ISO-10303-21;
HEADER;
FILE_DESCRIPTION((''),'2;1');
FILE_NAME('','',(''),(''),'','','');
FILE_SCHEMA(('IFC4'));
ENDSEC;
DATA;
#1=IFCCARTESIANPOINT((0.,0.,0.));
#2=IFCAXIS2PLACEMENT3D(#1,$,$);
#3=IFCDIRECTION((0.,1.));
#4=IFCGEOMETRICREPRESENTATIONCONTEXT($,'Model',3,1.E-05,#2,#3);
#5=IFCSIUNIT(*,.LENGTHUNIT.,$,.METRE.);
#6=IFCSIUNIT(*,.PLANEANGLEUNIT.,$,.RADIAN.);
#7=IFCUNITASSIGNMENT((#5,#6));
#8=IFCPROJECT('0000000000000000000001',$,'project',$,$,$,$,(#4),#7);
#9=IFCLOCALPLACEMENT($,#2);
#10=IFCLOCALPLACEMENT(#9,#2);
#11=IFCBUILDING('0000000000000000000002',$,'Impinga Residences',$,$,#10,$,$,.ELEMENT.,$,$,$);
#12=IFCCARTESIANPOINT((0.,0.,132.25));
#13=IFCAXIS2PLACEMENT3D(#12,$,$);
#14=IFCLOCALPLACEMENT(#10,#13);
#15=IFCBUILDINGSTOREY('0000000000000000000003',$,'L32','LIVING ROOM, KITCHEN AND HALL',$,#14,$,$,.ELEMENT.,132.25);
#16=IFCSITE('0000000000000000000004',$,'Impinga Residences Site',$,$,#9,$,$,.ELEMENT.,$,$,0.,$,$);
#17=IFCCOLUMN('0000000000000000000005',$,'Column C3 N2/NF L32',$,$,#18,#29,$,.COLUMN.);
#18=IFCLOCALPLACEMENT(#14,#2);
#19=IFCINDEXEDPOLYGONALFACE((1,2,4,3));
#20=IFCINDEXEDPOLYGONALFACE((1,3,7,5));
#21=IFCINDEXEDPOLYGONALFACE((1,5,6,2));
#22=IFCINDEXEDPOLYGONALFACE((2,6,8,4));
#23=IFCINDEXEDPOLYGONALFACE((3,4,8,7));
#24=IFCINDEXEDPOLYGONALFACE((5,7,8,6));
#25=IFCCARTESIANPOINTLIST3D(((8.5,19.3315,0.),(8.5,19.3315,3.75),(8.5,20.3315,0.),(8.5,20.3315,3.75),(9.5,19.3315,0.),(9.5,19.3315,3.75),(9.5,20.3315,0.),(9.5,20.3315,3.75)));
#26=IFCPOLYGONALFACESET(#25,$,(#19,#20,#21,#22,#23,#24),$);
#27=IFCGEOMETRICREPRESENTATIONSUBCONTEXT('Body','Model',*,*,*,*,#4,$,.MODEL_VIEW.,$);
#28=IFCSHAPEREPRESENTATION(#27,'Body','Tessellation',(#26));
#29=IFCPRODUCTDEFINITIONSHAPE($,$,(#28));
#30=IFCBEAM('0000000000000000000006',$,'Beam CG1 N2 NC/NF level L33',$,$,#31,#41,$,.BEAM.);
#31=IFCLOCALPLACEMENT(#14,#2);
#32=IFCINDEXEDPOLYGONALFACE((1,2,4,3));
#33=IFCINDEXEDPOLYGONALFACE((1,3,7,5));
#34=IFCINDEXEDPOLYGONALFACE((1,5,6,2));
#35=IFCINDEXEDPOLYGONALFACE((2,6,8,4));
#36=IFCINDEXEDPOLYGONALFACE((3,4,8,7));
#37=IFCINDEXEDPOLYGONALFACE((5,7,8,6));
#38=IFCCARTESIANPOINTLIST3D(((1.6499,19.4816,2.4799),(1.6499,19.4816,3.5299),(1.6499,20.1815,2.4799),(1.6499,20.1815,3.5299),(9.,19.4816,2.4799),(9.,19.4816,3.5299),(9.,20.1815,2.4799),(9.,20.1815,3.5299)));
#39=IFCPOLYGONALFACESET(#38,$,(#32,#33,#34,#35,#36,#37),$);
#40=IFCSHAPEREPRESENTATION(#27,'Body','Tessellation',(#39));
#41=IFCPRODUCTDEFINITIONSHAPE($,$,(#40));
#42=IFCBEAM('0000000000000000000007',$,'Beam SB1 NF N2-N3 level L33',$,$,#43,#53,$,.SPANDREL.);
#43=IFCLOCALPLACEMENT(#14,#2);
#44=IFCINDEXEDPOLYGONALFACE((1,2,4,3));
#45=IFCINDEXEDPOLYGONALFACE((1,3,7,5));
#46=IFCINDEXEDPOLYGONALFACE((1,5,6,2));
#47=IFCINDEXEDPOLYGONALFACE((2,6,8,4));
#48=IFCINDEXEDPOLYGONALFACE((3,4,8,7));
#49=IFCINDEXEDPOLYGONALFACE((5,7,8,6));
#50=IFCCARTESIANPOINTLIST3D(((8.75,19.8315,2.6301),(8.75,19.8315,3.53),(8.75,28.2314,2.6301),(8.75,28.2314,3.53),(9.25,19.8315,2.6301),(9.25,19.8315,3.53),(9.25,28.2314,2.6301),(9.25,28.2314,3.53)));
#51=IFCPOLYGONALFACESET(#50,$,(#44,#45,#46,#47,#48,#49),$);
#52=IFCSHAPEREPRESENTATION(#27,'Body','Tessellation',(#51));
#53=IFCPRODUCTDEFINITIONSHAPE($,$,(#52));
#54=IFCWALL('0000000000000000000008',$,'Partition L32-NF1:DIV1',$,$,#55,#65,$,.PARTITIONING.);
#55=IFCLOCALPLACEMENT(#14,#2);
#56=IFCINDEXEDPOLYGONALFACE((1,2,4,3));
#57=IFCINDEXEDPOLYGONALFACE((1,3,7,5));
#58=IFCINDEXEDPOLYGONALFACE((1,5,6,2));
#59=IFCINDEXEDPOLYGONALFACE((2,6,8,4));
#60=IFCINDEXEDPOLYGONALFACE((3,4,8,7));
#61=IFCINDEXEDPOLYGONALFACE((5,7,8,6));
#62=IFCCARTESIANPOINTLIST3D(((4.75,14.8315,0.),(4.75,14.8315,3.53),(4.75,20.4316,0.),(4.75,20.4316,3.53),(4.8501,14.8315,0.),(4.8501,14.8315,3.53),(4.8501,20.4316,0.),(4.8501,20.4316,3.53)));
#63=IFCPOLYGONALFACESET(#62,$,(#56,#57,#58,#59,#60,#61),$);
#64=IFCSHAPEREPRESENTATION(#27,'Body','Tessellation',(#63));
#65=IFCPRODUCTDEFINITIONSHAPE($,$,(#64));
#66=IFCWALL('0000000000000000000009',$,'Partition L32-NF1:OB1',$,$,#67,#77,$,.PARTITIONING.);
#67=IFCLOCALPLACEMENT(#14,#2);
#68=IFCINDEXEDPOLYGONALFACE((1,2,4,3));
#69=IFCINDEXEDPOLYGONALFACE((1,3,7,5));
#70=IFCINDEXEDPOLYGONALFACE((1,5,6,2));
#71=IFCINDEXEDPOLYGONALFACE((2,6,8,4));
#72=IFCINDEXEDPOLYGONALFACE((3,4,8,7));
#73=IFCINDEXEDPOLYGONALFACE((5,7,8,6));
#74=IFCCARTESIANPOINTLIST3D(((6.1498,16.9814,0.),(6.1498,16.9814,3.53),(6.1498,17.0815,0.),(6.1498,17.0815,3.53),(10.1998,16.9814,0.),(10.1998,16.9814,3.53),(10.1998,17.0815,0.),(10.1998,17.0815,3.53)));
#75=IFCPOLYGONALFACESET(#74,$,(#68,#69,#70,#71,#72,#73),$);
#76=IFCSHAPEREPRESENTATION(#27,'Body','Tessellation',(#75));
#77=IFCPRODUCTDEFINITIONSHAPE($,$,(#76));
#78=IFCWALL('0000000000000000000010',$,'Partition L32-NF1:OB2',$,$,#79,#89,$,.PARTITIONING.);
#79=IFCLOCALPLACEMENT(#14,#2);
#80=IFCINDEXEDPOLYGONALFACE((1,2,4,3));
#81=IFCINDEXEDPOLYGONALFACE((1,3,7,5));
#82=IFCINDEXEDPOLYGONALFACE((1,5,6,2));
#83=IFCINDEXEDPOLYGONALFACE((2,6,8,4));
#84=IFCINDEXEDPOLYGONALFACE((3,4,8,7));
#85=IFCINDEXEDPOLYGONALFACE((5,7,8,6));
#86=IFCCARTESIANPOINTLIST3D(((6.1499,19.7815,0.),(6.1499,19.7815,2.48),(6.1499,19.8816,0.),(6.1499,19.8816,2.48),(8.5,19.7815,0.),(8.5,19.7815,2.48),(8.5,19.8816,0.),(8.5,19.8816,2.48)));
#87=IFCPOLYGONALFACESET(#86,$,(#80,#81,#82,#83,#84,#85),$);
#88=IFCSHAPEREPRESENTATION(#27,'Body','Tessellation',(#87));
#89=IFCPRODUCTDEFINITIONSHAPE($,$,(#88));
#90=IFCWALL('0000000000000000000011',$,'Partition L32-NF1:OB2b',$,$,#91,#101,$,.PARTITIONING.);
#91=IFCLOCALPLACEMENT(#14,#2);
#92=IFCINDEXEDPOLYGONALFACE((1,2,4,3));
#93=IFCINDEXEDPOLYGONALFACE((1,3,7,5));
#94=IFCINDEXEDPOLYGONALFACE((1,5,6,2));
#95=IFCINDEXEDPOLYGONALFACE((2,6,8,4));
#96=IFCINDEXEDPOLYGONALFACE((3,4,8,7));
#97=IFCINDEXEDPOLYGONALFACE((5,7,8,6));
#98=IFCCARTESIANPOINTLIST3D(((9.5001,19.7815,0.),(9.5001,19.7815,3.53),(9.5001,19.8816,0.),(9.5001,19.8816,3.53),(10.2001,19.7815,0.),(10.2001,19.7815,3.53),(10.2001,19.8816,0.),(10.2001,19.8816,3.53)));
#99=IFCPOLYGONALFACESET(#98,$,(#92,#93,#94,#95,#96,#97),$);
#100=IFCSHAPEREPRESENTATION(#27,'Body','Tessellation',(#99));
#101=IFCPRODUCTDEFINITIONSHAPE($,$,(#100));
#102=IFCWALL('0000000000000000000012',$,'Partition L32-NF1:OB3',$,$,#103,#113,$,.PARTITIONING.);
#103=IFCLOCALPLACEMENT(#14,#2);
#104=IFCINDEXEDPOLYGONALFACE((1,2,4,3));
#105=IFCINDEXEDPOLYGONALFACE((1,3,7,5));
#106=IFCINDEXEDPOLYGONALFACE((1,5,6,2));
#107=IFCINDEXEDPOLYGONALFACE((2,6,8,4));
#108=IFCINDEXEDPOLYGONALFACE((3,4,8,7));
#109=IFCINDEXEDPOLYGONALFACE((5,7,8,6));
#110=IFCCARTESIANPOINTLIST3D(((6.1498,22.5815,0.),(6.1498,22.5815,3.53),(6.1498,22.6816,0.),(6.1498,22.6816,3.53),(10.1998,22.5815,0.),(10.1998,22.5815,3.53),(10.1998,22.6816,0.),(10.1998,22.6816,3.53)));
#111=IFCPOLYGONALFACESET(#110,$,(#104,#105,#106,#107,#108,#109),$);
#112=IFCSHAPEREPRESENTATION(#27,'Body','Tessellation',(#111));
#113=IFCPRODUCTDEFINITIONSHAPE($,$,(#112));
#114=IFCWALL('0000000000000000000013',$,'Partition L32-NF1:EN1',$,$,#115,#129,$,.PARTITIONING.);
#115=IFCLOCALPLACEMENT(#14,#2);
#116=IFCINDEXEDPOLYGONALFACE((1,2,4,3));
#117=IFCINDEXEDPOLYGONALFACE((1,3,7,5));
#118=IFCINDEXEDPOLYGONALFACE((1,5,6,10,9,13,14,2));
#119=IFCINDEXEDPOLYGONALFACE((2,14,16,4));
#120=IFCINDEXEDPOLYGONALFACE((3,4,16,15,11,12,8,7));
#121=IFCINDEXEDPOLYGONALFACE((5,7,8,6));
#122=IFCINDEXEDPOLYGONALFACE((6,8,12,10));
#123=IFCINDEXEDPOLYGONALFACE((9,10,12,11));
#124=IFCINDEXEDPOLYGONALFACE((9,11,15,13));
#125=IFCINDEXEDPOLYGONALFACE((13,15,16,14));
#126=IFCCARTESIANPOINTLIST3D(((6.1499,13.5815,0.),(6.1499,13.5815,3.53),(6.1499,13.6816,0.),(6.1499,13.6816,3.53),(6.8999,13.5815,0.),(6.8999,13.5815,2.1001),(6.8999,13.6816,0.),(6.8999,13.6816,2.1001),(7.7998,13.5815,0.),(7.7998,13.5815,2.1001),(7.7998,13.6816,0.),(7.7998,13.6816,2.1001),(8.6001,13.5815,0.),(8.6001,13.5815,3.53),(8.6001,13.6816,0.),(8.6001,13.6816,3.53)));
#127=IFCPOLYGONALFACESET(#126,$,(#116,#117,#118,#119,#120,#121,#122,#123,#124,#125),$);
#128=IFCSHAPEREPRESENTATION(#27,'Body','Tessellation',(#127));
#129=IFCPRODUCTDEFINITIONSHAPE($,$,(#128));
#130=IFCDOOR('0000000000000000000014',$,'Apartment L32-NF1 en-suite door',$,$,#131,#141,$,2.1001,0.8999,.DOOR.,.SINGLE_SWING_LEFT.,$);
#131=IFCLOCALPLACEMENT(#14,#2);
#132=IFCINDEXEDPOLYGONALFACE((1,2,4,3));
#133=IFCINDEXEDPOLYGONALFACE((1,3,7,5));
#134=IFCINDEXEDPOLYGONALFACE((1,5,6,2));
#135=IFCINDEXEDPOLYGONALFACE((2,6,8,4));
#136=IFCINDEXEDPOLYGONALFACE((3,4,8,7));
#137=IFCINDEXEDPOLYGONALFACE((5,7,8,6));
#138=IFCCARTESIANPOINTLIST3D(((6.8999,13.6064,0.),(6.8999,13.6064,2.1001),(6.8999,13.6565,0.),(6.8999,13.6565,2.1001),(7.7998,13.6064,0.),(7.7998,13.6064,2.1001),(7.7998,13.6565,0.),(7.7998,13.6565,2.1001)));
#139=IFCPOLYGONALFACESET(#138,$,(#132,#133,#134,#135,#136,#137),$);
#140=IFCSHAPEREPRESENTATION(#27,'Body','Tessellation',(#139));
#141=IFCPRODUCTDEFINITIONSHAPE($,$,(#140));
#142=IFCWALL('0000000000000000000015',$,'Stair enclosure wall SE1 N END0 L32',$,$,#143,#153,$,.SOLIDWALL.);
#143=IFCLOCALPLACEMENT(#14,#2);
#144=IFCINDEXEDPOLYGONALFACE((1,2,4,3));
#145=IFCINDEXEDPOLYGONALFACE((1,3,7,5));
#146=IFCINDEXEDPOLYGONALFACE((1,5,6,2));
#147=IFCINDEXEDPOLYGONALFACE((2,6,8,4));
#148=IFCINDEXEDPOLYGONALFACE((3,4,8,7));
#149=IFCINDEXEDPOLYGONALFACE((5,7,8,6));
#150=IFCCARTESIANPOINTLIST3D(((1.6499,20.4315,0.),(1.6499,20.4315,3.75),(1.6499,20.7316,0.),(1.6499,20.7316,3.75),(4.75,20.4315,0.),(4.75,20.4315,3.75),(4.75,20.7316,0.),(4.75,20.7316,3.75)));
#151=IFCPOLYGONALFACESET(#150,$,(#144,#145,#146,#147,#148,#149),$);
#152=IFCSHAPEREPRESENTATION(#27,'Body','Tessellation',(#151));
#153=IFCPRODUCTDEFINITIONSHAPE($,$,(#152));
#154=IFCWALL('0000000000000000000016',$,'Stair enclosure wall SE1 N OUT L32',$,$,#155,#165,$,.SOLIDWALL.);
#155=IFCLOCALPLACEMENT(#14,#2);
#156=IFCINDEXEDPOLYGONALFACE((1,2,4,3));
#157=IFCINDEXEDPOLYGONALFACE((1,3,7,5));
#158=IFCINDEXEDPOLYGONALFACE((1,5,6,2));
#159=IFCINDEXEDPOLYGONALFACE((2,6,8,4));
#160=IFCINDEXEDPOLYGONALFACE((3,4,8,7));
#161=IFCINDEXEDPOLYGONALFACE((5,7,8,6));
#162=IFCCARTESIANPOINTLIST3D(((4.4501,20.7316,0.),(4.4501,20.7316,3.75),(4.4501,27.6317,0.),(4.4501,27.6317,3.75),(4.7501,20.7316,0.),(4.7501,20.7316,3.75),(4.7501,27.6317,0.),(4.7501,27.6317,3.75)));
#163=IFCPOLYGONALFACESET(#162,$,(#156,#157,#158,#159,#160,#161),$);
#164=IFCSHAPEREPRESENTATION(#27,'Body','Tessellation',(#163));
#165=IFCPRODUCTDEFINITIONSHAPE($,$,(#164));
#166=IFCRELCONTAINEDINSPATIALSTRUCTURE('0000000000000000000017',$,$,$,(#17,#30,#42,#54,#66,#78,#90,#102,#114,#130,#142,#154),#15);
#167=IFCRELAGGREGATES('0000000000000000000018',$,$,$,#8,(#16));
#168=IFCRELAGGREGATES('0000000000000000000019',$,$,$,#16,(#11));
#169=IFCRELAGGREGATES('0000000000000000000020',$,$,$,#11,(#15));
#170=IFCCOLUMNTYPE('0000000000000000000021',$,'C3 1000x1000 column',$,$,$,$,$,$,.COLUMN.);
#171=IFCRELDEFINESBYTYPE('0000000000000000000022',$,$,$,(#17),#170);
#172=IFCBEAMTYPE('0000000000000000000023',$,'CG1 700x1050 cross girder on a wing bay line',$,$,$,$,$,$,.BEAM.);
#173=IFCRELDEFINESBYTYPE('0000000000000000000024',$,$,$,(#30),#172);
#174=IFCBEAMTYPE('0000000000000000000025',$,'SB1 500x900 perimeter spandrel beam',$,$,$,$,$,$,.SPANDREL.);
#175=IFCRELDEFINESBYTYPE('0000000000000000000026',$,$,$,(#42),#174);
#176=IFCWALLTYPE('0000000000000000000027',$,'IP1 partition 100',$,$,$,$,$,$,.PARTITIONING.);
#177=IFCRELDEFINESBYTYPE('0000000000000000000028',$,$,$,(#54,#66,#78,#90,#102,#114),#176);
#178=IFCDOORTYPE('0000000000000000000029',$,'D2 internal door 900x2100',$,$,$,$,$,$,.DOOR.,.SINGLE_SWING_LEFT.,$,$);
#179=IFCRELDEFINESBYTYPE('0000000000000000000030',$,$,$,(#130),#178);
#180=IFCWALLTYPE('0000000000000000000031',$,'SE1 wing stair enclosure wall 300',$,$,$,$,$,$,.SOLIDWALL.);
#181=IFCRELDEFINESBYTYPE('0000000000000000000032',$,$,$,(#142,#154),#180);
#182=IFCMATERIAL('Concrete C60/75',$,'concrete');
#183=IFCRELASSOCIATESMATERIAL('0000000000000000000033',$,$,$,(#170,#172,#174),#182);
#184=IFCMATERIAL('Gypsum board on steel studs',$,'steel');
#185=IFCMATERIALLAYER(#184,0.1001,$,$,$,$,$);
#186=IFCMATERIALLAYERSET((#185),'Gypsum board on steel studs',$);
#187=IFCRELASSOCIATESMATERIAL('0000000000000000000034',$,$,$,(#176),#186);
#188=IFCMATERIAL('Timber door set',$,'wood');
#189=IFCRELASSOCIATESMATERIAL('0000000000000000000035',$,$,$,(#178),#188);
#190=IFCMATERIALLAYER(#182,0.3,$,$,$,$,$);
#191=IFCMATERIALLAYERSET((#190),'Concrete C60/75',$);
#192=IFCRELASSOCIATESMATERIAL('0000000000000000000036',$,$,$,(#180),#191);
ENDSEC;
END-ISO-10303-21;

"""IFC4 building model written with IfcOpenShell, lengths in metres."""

from ifc_helpers import new_model, si_unit, direction, frame, frame_2d, origin, origin_2d, place, context, subcontext, project, spatial, rectangle, extrude, material, layer, layer_set, material_profile, profile_set, type_object, element, fill, save


model = new_model("IFC4")

# Units and contexts
model_context = context("Model", 3, precision=1e-05, world=origin(), true_north=direction((0.0, 1.0)))
body_context = subcontext(model_context, "Body", "Model", "MODEL_VIEW")
ifc_project = project(units=[si_unit("LENGTHUNIT", "METRE"), si_unit("PLANEANGLEUNIT", "RADIAN")], contexts=[model_context])

# Site, building, storey
site_placement = place(None, origin())
site = spatial("IfcSite", under=ifc_project, at=site_placement, Name="Impinga Residences Site", CompositionType="ELEMENT", RefElevation=0.0)
building_placement = place(site_placement, origin())
building = spatial("IfcBuilding", under=site, at=building_placement, Name="Impinga Residences", CompositionType="ELEMENT")
storey_placement = place(building_placement, frame((0.0, 0.0, 132.25)))
storey = spatial("IfcBuildingStorey", under=building, at=storey_placement, Name="L32", Description="LIVING ROOM, KITCHEN AND HALL", CompositionType="ELEMENT", Elevation=132.25)

# Column
ifc_material_1 = material(Name="Concrete C60/75", Category="concrete")
ifc_material_profile_1 = material_profile(ifc_material_1, rectangle(XDim=1.0, YDim=1.0, at=origin_2d()), Name="RC 1000x1000")
ifc_profile_set_1 = profile_set([ifc_material_profile_1], Name="Concrete C60/75")
column_type = type_object("IfcColumnType", Name="C3 1000x1000 column", PredefinedType="COLUMN", material=ifc_profile_set_1)
column_placement = place(storey_placement, frame((9.0, 19.8315, 0.0), z_axis=(0.0, 0.0, 1.0), x_axis=(1.0, 0.0, 0.0)))
element("IfcColumn", 1, at=column_placement, inside=storey, type_object=column_type, Name="Column C3 N2/NF L32", PredefinedType="COLUMN", context=body_context, shape_type="SweptSolid", body=[
    extrude(rectangle(XDim=1.0, YDim=1.0, at=origin_2d()), origin(), (0.0, 0.0, 1.0), 3.75),
])

# Beams
ifc_material_profile_2 = material_profile(ifc_material_1, rectangle(XDim=0.7, YDim=1.05, at=origin_2d()), Name="RC 700x1050")
ifc_profile_set_2 = profile_set([ifc_material_profile_2], Name="Concrete C60/75")
beam_type_1 = type_object("IfcBeamType", Name="CG1 700x1050 cross girder on a wing bay line", PredefinedType="BEAM", material=ifc_profile_set_2)
beam_1_placement = place(storey_placement, frame((1.6499, 19.8315, 3.0049), z_axis=(1.0, 0.0, 0.0), x_axis=(0.0, 1.0, 0.0)))
element("IfcBeam", 2, at=beam_1_placement, inside=storey, type_object=beam_type_1, Name="Beam CG1 N2 NC/NF level L33", PredefinedType="BEAM", context=body_context, shape_type="SweptSolid", body=[
    extrude(rectangle(XDim=0.7, YDim=1.05, at=origin_2d()), origin(), (0.0, 0.0, 1.0), 7.3501),
])
ifc_material_profile_3 = material_profile(ifc_material_1, rectangle(XDim=0.5, YDim=0.8999, at=origin_2d()), Name="RC 500x900")
ifc_profile_set_3 = profile_set([ifc_material_profile_3], Name="Concrete C60/75")
beam_type_2 = type_object("IfcBeamType", Name="SB1 500x900 perimeter spandrel beam", PredefinedType="SPANDREL", material=ifc_profile_set_3)
beam_2_placement = place(storey_placement, frame((9.0, 19.8315, 3.0801), z_axis=(0.0, 1.0, 0.0), x_axis=(-1.0, 0.0, 0.0)))
element("IfcBeam", 3, at=beam_2_placement, inside=storey, type_object=beam_type_2, Name="Beam SB1 NF N2-N3 level L33", PredefinedType="SPANDREL", context=body_context, shape_type="SweptSolid", body=[
    extrude(rectangle(XDim=0.5, YDim=0.8999, at=origin_2d()), origin(), (0.0, 0.0, 1.0), 8.3999),
])

# Walls
ifc_material_2 = material(Name="Gypsum board on steel studs", Category="steel")
ifc_layer_1 = layer(ifc_material_2, 0.1001)
ifc_layer_set_1 = layer_set([ifc_layer_1], Name="Gypsum board on steel studs")
wall_type_1 = type_object("IfcWallType", Name="IP1 partition 100", PredefinedType="PARTITIONING", material=ifc_layer_set_1)
wall_1_placement = place(storey_placement, frame((4.8, 14.8315, 0.0), z_axis=(0.0, 0.0, 1.0), x_axis=(0.0, 1.0, 0.0)))
element("IfcWall", 4, at=wall_1_placement, inside=storey, type_object=wall_type_1, Name="Partition L32-NF1:DIV1", PredefinedType="PARTITIONING", context=body_context, shape_type="SweptSolid", body=[
    extrude(rectangle(XDim=5.6001, YDim=0.1001, at=frame_2d((2.8, 0.0))), origin(), (0.0, 0.0, 1.0), 3.53),
])
wall_2_placement = place(storey_placement, frame((6.1499, 17.0315, 0.0), z_axis=(0.0, 0.0, 1.0), x_axis=(1.0, 0.0, 0.0)))
element("IfcWall", 5, at=wall_2_placement, inside=storey, type_object=wall_type_1, Name="Partition L32-NF1:OB1", PredefinedType="PARTITIONING", context=body_context, shape_type="SweptSolid", body=[
    extrude(rectangle(XDim=4.05, YDim=0.1001, at=frame_2d((2.0249, 0.0))), origin(), (0.0, 0.0, 1.0), 3.53),
])
wall_3_placement = place(storey_placement, frame((6.1499, 19.8315, 0.0), z_axis=(0.0, 0.0, 1.0), x_axis=(1.0, 0.0, 0.0)))
element("IfcWall", 6, at=wall_3_placement, inside=storey, type_object=wall_type_1, Name="Partition L32-NF1:OB2", PredefinedType="PARTITIONING", context=body_context, shape_type="SweptSolid", body=[
    extrude(rectangle(XDim=2.3501, YDim=0.1001, at=frame_2d((1.175, 0.0))), origin(), (0.0, 0.0, 1.0), 2.48),
])
wall_4_placement = place(storey_placement, frame((9.5, 19.8315, 0.0), z_axis=(0.0, 0.0, 1.0), x_axis=(1.0, 0.0, 0.0)))
element("IfcWall", 7, at=wall_4_placement, inside=storey, type_object=wall_type_1, Name="Partition L32-NF1:OB2b", PredefinedType="PARTITIONING", context=body_context, shape_type="SweptSolid", body=[
    extrude(rectangle(XDim=0.7, YDim=0.1001, at=frame_2d((0.3501, 0.0))), origin(), (0.0, 0.0, 1.0), 3.53),
])
wall_5_placement = place(storey_placement, frame((6.1499, 22.6316, 0.0), z_axis=(0.0, 0.0, 1.0), x_axis=(1.0, 0.0, 0.0)))
element("IfcWall", 8, at=wall_5_placement, inside=storey, type_object=wall_type_1, Name="Partition L32-NF1:OB3", PredefinedType="PARTITIONING", context=body_context, shape_type="SweptSolid", body=[
    extrude(rectangle(XDim=4.05, YDim=0.1001, at=frame_2d((2.0249, 0.0))), origin(), (0.0, 0.0, 1.0), 3.53),
])

# Wall, opening, door
wall_6_placement = place(storey_placement, frame((6.1499, 13.6316, 0.0), z_axis=(0.0, 0.0, 1.0), x_axis=(1.0, 0.0, 0.0)))
wall_6 = element("IfcWall", 9, at=wall_6_placement, inside=storey, type_object=wall_type_1, Name="Partition L32-NF1:EN1", PredefinedType="PARTITIONING", context=body_context, shape_type="SweptSolid", body=[
    extrude(rectangle(XDim=2.4502, YDim=0.1001, at=frame_2d((1.2251, 0.0))), origin(), (0.0, 0.0, 1.0), 3.53),
])
opening_placement = place(wall_6_placement, frame((0.75, 0.0, 0.0)))
opening = element("IfcOpeningElement", 10, at=opening_placement, cuts=wall_6, PredefinedType="OPENING", context=body_context, shape_type="SweptSolid", body=[
    extrude(rectangle(XDim=0.8999, YDim=2.1001, at=frame_2d((0.45, 1.05))), frame((0.0, 0.0601, 0.0), z_axis=(0.0, -1.0, 0.0), x_axis=(1.0, 0.0, 0.0)), (0.0, 0.0, 1.0), 0.1201),
])
ifc_material_3 = material(Name="Timber door set", Category="wood")
door_type = type_object("IfcDoorType", Name="D2 internal door 900x2100", OperationType="SINGLE_SWING_LEFT", PredefinedType="DOOR", material=ifc_material_3)
door_placement = place(opening_placement, origin())
door = element("IfcDoor", 11, at=door_placement, inside=storey, type_object=door_type, Name="Apartment L32-NF1 en-suite door", OperationType="SINGLE_SWING_LEFT", OverallHeight=2.1001, OverallWidth=0.8999, PredefinedType="DOOR", context=body_context, shape_type="SweptSolid", body=[
    extrude(rectangle(XDim=0.8999, YDim=2.1001, at=frame_2d((0.45, 1.05))), frame((0.0, 0.0249, 0.0), z_axis=(0.0, -1.0, 0.0), x_axis=(1.0, 0.0, 0.0)), (0.0, 0.0, 1.0), 0.05),
])
fill(opening, door)

# Walls
ifc_layer_2 = layer(ifc_material_1, 0.3)
ifc_layer_set_2 = layer_set([ifc_layer_2], Name="Concrete C60/75")
wall_type_2 = type_object("IfcWallType", Name="SE1 wing stair enclosure wall 300", PredefinedType="SOLIDWALL", material=ifc_layer_set_2)
wall_7_placement = place(storey_placement, frame((1.6499, 20.5815, 0.0), z_axis=(0.0, 0.0, 1.0), x_axis=(1.0, 0.0, 0.0)))
element("IfcWall", 12, at=wall_7_placement, inside=storey, type_object=wall_type_2, Name="Stair enclosure wall SE1 N END0 L32", PredefinedType="SOLIDWALL", context=body_context, shape_type="SweptSolid", body=[
    extrude(rectangle(XDim=3.1001, YDim=0.3, at=frame_2d((1.55, 0.0))), origin(), (0.0, 0.0, 1.0), 3.75),
])
wall_8_placement = place(storey_placement, frame((4.6001, 20.7314, 0.0), z_axis=(0.0, 0.0, 1.0), x_axis=(0.0, 1.0, 0.0)))
element("IfcWall", 13, at=wall_8_placement, inside=storey, type_object=wall_type_2, Name="Stair enclosure wall SE1 N OUT L32", PredefinedType="SOLIDWALL", context=body_context, shape_type="SweptSolid", body=[
    extrude(rectangle(XDim=6.9001, YDim=0.3, at=frame_2d((3.4502, 0.0))), origin(), (0.0, 0.0, 1.0), 3.75),
])

save(model, "model.ifc")
